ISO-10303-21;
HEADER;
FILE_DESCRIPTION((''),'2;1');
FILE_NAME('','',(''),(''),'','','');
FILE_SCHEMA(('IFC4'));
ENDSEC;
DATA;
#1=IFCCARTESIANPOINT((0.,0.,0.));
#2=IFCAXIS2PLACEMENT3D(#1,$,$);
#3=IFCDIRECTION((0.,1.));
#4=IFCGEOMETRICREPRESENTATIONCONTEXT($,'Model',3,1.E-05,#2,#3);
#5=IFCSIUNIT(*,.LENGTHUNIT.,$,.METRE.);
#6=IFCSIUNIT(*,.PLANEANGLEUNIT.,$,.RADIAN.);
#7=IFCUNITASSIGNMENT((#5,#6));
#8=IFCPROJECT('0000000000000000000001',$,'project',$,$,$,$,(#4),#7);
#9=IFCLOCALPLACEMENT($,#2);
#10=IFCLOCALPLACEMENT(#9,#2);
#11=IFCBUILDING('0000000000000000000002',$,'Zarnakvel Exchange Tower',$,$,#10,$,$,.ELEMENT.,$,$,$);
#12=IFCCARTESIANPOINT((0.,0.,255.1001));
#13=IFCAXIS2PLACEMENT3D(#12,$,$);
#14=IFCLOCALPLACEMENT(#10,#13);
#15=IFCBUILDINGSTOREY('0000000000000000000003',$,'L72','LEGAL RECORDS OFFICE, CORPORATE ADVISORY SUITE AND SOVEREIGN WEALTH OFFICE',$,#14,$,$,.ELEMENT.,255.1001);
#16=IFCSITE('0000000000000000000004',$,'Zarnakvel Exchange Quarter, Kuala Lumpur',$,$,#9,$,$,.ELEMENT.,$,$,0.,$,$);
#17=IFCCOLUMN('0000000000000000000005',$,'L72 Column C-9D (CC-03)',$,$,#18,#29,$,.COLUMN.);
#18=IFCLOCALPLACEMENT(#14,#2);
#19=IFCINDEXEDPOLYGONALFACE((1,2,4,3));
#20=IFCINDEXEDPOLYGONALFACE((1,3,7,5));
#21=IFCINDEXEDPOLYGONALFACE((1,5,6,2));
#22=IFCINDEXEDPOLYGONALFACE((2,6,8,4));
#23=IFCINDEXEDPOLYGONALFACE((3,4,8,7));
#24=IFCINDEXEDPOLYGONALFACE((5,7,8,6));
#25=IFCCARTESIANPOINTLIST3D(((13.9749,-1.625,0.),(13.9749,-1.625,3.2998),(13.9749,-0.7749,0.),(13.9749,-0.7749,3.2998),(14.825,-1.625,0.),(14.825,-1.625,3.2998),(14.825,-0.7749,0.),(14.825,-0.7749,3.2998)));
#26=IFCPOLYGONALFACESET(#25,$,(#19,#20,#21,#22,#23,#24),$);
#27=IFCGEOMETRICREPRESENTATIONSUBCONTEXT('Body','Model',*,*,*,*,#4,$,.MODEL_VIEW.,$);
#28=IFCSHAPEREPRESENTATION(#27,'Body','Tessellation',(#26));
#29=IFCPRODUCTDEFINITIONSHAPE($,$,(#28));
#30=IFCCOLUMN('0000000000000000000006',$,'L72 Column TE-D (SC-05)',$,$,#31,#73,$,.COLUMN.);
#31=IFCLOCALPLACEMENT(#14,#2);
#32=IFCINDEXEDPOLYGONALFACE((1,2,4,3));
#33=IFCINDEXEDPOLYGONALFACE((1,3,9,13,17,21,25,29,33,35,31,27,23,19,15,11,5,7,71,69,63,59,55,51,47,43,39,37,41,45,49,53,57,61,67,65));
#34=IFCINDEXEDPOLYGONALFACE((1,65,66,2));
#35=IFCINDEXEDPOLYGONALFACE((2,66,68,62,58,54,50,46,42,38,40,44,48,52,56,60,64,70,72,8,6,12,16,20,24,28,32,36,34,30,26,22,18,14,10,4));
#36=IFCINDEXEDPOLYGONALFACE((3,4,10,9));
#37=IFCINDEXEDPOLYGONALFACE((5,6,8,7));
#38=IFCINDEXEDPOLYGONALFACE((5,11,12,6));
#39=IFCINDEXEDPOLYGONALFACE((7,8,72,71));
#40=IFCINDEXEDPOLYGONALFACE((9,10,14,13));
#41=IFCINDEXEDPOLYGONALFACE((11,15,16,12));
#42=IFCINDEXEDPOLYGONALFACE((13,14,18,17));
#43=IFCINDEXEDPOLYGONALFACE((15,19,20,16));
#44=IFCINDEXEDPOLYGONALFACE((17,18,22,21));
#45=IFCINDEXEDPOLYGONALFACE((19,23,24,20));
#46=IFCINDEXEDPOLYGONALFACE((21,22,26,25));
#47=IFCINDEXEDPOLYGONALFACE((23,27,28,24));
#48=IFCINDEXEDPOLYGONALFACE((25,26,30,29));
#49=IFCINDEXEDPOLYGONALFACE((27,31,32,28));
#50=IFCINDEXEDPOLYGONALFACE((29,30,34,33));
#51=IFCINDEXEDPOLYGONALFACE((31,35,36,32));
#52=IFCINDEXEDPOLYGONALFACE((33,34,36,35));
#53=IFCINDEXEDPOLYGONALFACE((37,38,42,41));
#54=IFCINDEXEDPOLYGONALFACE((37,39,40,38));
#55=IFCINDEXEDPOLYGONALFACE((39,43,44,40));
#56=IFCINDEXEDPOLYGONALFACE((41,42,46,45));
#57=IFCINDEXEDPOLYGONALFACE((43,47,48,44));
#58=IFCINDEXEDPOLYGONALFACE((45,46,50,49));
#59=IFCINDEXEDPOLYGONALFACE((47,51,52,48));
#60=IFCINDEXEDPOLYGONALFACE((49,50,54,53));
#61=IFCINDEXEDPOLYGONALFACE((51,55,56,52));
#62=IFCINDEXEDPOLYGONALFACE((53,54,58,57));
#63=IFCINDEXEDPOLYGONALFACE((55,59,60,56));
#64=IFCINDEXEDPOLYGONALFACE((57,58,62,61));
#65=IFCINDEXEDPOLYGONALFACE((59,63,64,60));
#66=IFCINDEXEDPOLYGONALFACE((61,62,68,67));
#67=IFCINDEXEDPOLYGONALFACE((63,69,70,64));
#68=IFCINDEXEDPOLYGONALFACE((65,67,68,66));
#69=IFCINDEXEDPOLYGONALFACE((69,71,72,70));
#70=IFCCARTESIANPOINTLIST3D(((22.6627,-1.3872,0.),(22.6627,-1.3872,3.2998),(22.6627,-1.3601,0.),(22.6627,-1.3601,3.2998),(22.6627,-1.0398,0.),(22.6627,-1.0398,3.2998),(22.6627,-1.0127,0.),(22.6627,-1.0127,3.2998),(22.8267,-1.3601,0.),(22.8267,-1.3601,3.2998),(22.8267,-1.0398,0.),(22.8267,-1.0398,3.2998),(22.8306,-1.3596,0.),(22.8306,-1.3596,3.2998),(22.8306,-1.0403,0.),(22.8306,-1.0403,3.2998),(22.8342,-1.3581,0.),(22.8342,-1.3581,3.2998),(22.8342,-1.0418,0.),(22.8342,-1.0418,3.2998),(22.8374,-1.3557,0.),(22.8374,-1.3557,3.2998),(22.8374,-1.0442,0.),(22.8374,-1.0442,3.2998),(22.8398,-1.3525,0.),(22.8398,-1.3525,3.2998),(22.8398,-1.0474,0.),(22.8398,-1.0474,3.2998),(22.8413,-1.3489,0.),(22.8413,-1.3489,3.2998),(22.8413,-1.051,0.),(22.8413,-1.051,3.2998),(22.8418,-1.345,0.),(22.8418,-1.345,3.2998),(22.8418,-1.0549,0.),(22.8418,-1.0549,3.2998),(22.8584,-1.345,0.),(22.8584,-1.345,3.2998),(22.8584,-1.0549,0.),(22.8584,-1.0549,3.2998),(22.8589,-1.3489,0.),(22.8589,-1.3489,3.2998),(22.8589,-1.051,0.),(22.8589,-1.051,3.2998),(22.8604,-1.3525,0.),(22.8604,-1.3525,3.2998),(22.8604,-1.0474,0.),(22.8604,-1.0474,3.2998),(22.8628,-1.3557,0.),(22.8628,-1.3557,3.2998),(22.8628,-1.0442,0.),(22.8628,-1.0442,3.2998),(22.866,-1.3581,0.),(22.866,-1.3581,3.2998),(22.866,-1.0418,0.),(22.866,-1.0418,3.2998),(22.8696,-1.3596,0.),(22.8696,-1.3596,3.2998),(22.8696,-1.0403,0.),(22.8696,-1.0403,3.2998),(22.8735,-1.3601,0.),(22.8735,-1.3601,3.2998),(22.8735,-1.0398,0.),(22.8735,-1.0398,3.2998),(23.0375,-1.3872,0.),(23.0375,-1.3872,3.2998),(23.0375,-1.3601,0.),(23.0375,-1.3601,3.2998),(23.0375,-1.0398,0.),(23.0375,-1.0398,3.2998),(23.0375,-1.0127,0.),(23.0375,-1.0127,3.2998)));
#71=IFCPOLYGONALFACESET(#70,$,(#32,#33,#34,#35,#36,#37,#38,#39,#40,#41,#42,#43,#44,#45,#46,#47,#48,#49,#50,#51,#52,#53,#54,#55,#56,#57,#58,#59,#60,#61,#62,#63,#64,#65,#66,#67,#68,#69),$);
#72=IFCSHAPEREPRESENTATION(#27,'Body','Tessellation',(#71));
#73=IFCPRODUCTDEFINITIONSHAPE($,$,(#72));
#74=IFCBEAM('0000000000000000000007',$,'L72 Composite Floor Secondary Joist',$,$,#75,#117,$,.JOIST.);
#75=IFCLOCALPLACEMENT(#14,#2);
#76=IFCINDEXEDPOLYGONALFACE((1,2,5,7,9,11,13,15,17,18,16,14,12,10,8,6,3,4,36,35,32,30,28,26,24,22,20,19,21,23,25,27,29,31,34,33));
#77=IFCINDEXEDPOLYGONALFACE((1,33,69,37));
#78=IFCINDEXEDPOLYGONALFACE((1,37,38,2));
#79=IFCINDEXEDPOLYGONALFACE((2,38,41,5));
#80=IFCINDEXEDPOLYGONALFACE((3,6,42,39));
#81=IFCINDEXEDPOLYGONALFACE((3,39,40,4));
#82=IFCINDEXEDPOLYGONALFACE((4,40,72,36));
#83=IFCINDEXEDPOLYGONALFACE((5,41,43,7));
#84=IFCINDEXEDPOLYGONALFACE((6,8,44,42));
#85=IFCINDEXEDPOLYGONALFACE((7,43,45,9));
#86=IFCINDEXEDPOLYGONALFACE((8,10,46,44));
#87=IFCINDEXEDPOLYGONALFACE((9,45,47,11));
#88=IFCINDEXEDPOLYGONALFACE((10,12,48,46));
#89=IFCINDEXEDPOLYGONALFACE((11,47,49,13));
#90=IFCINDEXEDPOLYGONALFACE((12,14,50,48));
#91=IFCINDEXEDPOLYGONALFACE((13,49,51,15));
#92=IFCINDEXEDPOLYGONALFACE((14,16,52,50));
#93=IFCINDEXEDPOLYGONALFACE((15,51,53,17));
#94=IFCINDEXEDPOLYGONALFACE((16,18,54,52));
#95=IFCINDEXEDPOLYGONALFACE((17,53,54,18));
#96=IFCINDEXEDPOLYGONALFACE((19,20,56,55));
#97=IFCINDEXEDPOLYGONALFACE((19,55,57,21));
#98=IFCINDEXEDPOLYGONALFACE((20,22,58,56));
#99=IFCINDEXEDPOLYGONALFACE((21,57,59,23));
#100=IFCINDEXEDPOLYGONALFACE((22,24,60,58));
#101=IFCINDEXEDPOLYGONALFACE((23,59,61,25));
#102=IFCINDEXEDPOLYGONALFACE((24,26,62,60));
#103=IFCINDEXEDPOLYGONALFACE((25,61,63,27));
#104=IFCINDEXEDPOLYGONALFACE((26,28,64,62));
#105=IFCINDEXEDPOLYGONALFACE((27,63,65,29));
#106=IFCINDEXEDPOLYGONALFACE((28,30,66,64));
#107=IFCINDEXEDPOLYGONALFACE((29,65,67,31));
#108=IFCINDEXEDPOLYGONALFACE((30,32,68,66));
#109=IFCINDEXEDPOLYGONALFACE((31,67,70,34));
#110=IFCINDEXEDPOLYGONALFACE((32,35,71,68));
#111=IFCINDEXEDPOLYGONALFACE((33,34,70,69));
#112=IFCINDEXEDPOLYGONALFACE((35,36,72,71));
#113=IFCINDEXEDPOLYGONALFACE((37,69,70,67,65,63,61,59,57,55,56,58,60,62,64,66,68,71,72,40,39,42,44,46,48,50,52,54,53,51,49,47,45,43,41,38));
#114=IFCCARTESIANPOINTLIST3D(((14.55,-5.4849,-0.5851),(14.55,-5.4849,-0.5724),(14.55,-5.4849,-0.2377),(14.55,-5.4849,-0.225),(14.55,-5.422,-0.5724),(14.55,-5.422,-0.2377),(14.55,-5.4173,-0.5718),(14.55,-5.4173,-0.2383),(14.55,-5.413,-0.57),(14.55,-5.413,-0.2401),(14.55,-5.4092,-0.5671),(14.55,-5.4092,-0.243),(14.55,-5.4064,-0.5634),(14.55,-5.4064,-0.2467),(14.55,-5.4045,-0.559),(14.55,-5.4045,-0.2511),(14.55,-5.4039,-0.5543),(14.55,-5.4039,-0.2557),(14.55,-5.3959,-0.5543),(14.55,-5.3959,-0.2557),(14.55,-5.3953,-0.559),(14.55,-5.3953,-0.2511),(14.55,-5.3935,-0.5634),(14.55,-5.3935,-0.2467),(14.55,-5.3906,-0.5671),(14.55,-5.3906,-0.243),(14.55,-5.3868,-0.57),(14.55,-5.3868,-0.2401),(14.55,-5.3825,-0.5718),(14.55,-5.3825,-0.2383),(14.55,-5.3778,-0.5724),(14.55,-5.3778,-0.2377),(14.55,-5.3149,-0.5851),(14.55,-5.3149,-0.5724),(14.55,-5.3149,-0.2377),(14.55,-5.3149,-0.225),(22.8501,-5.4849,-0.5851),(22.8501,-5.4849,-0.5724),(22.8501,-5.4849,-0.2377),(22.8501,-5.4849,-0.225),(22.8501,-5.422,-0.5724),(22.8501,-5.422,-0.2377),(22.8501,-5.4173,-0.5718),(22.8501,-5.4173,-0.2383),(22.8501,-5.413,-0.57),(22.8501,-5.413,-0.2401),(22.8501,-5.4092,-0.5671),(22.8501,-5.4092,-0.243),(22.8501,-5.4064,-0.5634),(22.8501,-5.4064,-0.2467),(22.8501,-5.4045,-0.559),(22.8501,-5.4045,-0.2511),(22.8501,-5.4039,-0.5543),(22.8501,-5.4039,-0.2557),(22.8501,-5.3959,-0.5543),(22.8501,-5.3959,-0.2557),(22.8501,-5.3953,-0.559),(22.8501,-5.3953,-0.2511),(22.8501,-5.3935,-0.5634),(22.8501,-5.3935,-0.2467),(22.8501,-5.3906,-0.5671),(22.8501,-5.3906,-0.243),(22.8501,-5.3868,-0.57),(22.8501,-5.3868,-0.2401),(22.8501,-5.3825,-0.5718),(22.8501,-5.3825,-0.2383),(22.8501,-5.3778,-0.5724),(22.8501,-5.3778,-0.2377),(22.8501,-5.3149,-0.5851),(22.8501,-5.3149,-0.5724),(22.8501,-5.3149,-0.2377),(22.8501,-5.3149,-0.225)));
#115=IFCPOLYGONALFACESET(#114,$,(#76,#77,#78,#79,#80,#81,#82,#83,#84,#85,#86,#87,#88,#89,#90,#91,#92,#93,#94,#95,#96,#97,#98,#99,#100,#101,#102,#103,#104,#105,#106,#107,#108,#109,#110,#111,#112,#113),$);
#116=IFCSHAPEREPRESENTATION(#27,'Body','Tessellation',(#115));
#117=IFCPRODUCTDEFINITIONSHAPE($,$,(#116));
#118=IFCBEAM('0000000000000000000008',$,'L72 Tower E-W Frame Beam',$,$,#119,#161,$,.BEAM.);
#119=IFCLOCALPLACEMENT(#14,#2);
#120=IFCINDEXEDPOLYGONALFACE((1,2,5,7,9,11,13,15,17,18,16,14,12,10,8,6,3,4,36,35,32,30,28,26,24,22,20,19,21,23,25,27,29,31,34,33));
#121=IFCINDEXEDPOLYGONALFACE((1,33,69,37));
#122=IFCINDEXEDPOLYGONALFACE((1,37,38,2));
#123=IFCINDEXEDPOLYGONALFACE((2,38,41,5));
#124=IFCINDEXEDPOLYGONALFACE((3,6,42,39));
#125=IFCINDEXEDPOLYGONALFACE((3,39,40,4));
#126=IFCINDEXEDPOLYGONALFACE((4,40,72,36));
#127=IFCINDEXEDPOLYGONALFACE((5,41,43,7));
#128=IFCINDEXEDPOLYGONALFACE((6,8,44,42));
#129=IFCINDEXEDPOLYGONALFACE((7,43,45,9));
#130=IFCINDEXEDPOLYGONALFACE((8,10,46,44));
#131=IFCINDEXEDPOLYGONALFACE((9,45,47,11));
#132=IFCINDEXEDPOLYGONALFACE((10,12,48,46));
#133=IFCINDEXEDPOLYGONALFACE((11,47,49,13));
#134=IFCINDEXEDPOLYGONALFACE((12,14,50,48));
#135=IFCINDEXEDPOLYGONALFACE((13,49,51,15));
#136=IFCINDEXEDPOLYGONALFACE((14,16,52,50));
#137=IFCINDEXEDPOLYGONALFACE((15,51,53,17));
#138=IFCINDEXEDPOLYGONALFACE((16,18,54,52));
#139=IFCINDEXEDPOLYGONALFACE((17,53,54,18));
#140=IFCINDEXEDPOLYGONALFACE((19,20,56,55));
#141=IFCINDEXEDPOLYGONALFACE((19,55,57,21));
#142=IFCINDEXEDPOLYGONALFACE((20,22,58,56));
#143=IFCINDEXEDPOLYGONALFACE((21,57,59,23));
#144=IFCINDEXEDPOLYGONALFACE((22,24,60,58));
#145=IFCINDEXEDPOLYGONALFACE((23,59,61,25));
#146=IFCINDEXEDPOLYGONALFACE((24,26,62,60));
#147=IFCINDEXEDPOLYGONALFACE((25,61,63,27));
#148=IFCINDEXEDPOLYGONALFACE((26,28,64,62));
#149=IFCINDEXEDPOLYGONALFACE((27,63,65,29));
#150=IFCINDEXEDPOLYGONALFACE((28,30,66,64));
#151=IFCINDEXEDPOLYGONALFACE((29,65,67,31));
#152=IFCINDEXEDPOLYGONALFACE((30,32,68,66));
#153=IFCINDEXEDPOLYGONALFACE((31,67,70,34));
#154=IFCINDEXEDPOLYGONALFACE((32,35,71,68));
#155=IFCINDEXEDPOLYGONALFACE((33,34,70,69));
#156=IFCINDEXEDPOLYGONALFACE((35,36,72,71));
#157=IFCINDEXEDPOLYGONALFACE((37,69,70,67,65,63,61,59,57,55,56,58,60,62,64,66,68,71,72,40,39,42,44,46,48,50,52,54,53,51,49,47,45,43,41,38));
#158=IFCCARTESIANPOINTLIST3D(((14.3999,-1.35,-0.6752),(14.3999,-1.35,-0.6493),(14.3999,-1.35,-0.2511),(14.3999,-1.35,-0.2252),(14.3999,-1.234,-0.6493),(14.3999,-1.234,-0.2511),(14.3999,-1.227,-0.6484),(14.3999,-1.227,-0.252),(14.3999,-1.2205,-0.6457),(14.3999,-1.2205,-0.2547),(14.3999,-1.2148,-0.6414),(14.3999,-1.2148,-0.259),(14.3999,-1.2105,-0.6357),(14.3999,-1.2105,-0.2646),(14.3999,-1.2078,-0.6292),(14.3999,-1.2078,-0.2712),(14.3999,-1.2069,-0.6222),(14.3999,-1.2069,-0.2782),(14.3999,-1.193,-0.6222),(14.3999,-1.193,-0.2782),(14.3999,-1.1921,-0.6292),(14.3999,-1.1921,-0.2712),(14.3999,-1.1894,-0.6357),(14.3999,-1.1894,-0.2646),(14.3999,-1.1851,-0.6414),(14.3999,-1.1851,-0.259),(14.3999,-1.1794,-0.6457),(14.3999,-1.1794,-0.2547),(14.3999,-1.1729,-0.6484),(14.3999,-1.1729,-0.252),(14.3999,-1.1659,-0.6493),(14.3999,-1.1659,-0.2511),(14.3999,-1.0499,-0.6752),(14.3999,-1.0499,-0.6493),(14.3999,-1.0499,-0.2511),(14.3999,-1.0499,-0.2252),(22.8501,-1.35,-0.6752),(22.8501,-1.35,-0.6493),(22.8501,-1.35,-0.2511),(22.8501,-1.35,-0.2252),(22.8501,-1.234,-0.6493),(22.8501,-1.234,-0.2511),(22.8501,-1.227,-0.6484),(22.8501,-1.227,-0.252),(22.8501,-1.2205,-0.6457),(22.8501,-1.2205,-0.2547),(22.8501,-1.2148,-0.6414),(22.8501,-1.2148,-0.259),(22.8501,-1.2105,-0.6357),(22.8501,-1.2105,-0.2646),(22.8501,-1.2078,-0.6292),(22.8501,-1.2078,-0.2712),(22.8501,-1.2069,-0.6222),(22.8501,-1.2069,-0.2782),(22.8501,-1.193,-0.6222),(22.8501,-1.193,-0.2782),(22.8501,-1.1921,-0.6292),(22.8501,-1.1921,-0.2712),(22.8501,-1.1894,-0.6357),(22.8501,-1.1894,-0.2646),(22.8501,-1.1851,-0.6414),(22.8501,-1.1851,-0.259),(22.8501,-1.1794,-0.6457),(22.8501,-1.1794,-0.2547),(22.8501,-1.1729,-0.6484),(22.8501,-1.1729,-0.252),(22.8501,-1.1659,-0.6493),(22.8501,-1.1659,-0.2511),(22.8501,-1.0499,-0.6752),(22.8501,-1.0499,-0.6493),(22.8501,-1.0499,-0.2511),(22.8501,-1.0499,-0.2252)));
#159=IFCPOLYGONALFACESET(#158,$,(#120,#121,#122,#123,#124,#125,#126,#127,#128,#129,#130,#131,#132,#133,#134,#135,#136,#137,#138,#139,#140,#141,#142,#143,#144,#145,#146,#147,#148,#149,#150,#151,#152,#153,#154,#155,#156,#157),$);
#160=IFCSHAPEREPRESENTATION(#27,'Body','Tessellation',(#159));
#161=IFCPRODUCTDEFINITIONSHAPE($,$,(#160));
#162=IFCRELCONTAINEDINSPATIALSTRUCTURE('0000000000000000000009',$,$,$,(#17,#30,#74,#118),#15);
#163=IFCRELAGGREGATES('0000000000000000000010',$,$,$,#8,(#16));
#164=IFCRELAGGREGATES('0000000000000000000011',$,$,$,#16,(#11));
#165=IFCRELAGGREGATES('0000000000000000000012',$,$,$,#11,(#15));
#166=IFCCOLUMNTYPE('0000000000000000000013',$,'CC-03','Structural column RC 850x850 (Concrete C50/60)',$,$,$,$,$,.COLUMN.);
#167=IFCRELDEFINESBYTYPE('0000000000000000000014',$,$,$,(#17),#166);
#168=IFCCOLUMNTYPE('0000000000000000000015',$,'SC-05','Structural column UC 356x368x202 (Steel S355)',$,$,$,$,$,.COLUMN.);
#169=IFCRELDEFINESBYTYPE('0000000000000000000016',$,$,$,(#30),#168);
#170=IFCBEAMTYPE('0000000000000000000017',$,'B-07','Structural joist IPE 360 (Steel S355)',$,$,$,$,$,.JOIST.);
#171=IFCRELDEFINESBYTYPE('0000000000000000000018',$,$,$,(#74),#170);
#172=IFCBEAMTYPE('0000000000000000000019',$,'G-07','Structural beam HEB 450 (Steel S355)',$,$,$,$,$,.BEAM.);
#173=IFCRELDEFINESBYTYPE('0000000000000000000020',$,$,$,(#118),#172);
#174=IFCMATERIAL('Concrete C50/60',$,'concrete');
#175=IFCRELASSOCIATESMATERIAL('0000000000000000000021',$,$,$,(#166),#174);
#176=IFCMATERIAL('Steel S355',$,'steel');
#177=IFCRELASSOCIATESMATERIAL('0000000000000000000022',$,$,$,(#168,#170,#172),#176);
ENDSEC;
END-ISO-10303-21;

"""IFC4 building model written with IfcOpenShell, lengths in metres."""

from ifc_helpers import new_model, si_unit, direction, frame, origin, origin_2d, place, context, subcontext, project, spatial, rectangle, i_section, extrude, material, material_profile, profile_set, type_object, element, save


model = new_model("IFC4")

# Units and contexts
model_context = context("Model", 3, precision=1e-05, world=origin(), true_north=direction((0.0, 1.0)))
body_context = subcontext(model_context, "Body", "Model", "MODEL_VIEW")
ifc_project = project(units=[si_unit("LENGTHUNIT", "METRE"), si_unit("PLANEANGLEUNIT", "RADIAN")], contexts=[model_context])

# Site, building, storey
site_placement = place(None, origin())
site = spatial("IfcSite", under=ifc_project, at=site_placement, Name="Zarnakvel Exchange Quarter, Kuala Lumpur", CompositionType="ELEMENT", RefElevation=0.0)
building_placement = place(site_placement, origin())
building = spatial("IfcBuilding", under=site, at=building_placement, Name="Zarnakvel Exchange Tower", CompositionType="ELEMENT")
storey_placement = place(building_placement, frame((0.0, 0.0, 255.1001)))
storey = spatial("IfcBuildingStorey", under=building, at=storey_placement, Name="L72", Description="LEGAL RECORDS OFFICE, CORPORATE ADVISORY SUITE AND SOVEREIGN WEALTH OFFICE", CompositionType="ELEMENT", Elevation=255.1001)

# Columns
ifc_material_1 = material(Name="Concrete C50/60", Category="concrete")
ifc_material_profile_1 = material_profile(ifc_material_1, rectangle(XDim=0.8501, YDim=0.8501, at=origin_2d()))
ifc_profile_set_1 = profile_set([ifc_material_profile_1], Name="Concrete C50/60")
column_type_1 = type_object("IfcColumnType", Name="CC-03", Description="Structural column RC 850x850 (Concrete C50/60)", PredefinedType="COLUMN", material=ifc_profile_set_1)
column_1_placement = place(storey_placement, frame((14.3999, -1.2, 0.0), z_axis=(0.0, 0.0, 1.0), x_axis=(1.0, 0.0, 0.0)))
element("IfcColumn", 1, at=column_1_placement, inside=storey, type_object=column_type_1, Name="L72 Column C-9D (CC-03)", PredefinedType="COLUMN", context=body_context, shape_type="SweptSolid", body=[
    extrude(rectangle(XDim=0.8501, YDim=0.8501, at=origin_2d()), origin(), (0.0, 0.0, 1.0), 3.2998),
])
ifc_material_2 = material(Name="Steel S355", Category="steel")
ifc_material_profile_2 = material_profile(ifc_material_2, i_section(OverallWidth=0.3748, OverallDepth=0.3745, WebThickness=0.0166, FlangeThickness=0.0271, FilletRadius=0.0151, at=origin_2d()))
ifc_profile_set_2 = profile_set([ifc_material_profile_2], Name="Steel S355")
column_type_2 = type_object("IfcColumnType", Name="SC-05", Description="Structural column UC 356x368x202 (Steel S355)", PredefinedType="COLUMN", material=ifc_profile_set_2)
column_2_placement = place(storey_placement, frame((22.8501, -1.2, 0.0), z_axis=(0.0, 0.0, 1.0), x_axis=(1.0, 0.0, 0.0)))
element("IfcColumn", 2, at=column_2_placement, inside=storey, type_object=column_type_2, Name="L72 Column TE-D (SC-05)", PredefinedType="COLUMN", context=body_context, shape_type="SweptSolid", body=[
    extrude(i_section(OverallWidth=0.3748, OverallDepth=0.3745, WebThickness=0.0166, FlangeThickness=0.0271, FilletRadius=0.0151, at=origin_2d()), origin(), (0.0, 0.0, 1.0), 3.2998),
])

# Beams
ifc_material_profile_3 = material_profile(ifc_material_2, i_section(OverallWidth=0.1699, OverallDepth=0.3601, WebThickness=0.0081, FlangeThickness=0.0127, FilletRadius=0.0181, at=origin_2d()))
ifc_profile_set_3 = profile_set([ifc_material_profile_3], Name="Steel S355")
beam_type_1 = type_object("IfcBeamType", Name="B-07", Description="Structural joist IPE 360 (Steel S355)", PredefinedType="JOIST", material=ifc_profile_set_3)
beam_1_placement = place(storey_placement, frame((14.55, -5.3999, -0.405), z_axis=(1.0, 0.0, 0.0), x_axis=(0.0, 1.0, 0.0)))
element("IfcBeam", 3, at=beam_1_placement, inside=storey, type_object=beam_type_1, Name="L72 Composite Floor Secondary Joist", PredefinedType="JOIST", context=body_context, shape_type="SweptSolid", body=[
    extrude(i_section(OverallWidth=0.1699, OverallDepth=0.3601, WebThickness=0.0081, FlangeThickness=0.0127, FilletRadius=0.0181, at=origin_2d()), origin(), (0.0, 0.0, 1.0), 8.3),
])
ifc_material_profile_4 = material_profile(ifc_material_2, i_section(OverallWidth=0.3, OverallDepth=0.45, WebThickness=0.0139, FlangeThickness=0.0259, FilletRadius=0.0271, at=origin_2d()))
ifc_profile_set_4 = profile_set([ifc_material_profile_4], Name="Steel S355")
beam_type_2 = type_object("IfcBeamType", Name="G-07", Description="Structural beam HEB 450 (Steel S355)", PredefinedType="BEAM", material=ifc_profile_set_4)
beam_2_placement = place(storey_placement, frame((14.3999, -1.2, -0.4502), z_axis=(1.0, 0.0, 0.0), x_axis=(0.0, 1.0, 0.0)))
element("IfcBeam", 4, at=beam_2_placement, inside=storey, type_object=beam_type_2, Name="L72 Tower E-W Frame Beam", PredefinedType="BEAM", context=body_context, shape_type="SweptSolid", body=[
    extrude(i_section(OverallWidth=0.3, OverallDepth=0.45, WebThickness=0.0139, FlangeThickness=0.0259, FilletRadius=0.0271, at=origin_2d()), origin(), (0.0, 0.0, 1.0), 8.4502),
])

save(model, "model.ifc")
